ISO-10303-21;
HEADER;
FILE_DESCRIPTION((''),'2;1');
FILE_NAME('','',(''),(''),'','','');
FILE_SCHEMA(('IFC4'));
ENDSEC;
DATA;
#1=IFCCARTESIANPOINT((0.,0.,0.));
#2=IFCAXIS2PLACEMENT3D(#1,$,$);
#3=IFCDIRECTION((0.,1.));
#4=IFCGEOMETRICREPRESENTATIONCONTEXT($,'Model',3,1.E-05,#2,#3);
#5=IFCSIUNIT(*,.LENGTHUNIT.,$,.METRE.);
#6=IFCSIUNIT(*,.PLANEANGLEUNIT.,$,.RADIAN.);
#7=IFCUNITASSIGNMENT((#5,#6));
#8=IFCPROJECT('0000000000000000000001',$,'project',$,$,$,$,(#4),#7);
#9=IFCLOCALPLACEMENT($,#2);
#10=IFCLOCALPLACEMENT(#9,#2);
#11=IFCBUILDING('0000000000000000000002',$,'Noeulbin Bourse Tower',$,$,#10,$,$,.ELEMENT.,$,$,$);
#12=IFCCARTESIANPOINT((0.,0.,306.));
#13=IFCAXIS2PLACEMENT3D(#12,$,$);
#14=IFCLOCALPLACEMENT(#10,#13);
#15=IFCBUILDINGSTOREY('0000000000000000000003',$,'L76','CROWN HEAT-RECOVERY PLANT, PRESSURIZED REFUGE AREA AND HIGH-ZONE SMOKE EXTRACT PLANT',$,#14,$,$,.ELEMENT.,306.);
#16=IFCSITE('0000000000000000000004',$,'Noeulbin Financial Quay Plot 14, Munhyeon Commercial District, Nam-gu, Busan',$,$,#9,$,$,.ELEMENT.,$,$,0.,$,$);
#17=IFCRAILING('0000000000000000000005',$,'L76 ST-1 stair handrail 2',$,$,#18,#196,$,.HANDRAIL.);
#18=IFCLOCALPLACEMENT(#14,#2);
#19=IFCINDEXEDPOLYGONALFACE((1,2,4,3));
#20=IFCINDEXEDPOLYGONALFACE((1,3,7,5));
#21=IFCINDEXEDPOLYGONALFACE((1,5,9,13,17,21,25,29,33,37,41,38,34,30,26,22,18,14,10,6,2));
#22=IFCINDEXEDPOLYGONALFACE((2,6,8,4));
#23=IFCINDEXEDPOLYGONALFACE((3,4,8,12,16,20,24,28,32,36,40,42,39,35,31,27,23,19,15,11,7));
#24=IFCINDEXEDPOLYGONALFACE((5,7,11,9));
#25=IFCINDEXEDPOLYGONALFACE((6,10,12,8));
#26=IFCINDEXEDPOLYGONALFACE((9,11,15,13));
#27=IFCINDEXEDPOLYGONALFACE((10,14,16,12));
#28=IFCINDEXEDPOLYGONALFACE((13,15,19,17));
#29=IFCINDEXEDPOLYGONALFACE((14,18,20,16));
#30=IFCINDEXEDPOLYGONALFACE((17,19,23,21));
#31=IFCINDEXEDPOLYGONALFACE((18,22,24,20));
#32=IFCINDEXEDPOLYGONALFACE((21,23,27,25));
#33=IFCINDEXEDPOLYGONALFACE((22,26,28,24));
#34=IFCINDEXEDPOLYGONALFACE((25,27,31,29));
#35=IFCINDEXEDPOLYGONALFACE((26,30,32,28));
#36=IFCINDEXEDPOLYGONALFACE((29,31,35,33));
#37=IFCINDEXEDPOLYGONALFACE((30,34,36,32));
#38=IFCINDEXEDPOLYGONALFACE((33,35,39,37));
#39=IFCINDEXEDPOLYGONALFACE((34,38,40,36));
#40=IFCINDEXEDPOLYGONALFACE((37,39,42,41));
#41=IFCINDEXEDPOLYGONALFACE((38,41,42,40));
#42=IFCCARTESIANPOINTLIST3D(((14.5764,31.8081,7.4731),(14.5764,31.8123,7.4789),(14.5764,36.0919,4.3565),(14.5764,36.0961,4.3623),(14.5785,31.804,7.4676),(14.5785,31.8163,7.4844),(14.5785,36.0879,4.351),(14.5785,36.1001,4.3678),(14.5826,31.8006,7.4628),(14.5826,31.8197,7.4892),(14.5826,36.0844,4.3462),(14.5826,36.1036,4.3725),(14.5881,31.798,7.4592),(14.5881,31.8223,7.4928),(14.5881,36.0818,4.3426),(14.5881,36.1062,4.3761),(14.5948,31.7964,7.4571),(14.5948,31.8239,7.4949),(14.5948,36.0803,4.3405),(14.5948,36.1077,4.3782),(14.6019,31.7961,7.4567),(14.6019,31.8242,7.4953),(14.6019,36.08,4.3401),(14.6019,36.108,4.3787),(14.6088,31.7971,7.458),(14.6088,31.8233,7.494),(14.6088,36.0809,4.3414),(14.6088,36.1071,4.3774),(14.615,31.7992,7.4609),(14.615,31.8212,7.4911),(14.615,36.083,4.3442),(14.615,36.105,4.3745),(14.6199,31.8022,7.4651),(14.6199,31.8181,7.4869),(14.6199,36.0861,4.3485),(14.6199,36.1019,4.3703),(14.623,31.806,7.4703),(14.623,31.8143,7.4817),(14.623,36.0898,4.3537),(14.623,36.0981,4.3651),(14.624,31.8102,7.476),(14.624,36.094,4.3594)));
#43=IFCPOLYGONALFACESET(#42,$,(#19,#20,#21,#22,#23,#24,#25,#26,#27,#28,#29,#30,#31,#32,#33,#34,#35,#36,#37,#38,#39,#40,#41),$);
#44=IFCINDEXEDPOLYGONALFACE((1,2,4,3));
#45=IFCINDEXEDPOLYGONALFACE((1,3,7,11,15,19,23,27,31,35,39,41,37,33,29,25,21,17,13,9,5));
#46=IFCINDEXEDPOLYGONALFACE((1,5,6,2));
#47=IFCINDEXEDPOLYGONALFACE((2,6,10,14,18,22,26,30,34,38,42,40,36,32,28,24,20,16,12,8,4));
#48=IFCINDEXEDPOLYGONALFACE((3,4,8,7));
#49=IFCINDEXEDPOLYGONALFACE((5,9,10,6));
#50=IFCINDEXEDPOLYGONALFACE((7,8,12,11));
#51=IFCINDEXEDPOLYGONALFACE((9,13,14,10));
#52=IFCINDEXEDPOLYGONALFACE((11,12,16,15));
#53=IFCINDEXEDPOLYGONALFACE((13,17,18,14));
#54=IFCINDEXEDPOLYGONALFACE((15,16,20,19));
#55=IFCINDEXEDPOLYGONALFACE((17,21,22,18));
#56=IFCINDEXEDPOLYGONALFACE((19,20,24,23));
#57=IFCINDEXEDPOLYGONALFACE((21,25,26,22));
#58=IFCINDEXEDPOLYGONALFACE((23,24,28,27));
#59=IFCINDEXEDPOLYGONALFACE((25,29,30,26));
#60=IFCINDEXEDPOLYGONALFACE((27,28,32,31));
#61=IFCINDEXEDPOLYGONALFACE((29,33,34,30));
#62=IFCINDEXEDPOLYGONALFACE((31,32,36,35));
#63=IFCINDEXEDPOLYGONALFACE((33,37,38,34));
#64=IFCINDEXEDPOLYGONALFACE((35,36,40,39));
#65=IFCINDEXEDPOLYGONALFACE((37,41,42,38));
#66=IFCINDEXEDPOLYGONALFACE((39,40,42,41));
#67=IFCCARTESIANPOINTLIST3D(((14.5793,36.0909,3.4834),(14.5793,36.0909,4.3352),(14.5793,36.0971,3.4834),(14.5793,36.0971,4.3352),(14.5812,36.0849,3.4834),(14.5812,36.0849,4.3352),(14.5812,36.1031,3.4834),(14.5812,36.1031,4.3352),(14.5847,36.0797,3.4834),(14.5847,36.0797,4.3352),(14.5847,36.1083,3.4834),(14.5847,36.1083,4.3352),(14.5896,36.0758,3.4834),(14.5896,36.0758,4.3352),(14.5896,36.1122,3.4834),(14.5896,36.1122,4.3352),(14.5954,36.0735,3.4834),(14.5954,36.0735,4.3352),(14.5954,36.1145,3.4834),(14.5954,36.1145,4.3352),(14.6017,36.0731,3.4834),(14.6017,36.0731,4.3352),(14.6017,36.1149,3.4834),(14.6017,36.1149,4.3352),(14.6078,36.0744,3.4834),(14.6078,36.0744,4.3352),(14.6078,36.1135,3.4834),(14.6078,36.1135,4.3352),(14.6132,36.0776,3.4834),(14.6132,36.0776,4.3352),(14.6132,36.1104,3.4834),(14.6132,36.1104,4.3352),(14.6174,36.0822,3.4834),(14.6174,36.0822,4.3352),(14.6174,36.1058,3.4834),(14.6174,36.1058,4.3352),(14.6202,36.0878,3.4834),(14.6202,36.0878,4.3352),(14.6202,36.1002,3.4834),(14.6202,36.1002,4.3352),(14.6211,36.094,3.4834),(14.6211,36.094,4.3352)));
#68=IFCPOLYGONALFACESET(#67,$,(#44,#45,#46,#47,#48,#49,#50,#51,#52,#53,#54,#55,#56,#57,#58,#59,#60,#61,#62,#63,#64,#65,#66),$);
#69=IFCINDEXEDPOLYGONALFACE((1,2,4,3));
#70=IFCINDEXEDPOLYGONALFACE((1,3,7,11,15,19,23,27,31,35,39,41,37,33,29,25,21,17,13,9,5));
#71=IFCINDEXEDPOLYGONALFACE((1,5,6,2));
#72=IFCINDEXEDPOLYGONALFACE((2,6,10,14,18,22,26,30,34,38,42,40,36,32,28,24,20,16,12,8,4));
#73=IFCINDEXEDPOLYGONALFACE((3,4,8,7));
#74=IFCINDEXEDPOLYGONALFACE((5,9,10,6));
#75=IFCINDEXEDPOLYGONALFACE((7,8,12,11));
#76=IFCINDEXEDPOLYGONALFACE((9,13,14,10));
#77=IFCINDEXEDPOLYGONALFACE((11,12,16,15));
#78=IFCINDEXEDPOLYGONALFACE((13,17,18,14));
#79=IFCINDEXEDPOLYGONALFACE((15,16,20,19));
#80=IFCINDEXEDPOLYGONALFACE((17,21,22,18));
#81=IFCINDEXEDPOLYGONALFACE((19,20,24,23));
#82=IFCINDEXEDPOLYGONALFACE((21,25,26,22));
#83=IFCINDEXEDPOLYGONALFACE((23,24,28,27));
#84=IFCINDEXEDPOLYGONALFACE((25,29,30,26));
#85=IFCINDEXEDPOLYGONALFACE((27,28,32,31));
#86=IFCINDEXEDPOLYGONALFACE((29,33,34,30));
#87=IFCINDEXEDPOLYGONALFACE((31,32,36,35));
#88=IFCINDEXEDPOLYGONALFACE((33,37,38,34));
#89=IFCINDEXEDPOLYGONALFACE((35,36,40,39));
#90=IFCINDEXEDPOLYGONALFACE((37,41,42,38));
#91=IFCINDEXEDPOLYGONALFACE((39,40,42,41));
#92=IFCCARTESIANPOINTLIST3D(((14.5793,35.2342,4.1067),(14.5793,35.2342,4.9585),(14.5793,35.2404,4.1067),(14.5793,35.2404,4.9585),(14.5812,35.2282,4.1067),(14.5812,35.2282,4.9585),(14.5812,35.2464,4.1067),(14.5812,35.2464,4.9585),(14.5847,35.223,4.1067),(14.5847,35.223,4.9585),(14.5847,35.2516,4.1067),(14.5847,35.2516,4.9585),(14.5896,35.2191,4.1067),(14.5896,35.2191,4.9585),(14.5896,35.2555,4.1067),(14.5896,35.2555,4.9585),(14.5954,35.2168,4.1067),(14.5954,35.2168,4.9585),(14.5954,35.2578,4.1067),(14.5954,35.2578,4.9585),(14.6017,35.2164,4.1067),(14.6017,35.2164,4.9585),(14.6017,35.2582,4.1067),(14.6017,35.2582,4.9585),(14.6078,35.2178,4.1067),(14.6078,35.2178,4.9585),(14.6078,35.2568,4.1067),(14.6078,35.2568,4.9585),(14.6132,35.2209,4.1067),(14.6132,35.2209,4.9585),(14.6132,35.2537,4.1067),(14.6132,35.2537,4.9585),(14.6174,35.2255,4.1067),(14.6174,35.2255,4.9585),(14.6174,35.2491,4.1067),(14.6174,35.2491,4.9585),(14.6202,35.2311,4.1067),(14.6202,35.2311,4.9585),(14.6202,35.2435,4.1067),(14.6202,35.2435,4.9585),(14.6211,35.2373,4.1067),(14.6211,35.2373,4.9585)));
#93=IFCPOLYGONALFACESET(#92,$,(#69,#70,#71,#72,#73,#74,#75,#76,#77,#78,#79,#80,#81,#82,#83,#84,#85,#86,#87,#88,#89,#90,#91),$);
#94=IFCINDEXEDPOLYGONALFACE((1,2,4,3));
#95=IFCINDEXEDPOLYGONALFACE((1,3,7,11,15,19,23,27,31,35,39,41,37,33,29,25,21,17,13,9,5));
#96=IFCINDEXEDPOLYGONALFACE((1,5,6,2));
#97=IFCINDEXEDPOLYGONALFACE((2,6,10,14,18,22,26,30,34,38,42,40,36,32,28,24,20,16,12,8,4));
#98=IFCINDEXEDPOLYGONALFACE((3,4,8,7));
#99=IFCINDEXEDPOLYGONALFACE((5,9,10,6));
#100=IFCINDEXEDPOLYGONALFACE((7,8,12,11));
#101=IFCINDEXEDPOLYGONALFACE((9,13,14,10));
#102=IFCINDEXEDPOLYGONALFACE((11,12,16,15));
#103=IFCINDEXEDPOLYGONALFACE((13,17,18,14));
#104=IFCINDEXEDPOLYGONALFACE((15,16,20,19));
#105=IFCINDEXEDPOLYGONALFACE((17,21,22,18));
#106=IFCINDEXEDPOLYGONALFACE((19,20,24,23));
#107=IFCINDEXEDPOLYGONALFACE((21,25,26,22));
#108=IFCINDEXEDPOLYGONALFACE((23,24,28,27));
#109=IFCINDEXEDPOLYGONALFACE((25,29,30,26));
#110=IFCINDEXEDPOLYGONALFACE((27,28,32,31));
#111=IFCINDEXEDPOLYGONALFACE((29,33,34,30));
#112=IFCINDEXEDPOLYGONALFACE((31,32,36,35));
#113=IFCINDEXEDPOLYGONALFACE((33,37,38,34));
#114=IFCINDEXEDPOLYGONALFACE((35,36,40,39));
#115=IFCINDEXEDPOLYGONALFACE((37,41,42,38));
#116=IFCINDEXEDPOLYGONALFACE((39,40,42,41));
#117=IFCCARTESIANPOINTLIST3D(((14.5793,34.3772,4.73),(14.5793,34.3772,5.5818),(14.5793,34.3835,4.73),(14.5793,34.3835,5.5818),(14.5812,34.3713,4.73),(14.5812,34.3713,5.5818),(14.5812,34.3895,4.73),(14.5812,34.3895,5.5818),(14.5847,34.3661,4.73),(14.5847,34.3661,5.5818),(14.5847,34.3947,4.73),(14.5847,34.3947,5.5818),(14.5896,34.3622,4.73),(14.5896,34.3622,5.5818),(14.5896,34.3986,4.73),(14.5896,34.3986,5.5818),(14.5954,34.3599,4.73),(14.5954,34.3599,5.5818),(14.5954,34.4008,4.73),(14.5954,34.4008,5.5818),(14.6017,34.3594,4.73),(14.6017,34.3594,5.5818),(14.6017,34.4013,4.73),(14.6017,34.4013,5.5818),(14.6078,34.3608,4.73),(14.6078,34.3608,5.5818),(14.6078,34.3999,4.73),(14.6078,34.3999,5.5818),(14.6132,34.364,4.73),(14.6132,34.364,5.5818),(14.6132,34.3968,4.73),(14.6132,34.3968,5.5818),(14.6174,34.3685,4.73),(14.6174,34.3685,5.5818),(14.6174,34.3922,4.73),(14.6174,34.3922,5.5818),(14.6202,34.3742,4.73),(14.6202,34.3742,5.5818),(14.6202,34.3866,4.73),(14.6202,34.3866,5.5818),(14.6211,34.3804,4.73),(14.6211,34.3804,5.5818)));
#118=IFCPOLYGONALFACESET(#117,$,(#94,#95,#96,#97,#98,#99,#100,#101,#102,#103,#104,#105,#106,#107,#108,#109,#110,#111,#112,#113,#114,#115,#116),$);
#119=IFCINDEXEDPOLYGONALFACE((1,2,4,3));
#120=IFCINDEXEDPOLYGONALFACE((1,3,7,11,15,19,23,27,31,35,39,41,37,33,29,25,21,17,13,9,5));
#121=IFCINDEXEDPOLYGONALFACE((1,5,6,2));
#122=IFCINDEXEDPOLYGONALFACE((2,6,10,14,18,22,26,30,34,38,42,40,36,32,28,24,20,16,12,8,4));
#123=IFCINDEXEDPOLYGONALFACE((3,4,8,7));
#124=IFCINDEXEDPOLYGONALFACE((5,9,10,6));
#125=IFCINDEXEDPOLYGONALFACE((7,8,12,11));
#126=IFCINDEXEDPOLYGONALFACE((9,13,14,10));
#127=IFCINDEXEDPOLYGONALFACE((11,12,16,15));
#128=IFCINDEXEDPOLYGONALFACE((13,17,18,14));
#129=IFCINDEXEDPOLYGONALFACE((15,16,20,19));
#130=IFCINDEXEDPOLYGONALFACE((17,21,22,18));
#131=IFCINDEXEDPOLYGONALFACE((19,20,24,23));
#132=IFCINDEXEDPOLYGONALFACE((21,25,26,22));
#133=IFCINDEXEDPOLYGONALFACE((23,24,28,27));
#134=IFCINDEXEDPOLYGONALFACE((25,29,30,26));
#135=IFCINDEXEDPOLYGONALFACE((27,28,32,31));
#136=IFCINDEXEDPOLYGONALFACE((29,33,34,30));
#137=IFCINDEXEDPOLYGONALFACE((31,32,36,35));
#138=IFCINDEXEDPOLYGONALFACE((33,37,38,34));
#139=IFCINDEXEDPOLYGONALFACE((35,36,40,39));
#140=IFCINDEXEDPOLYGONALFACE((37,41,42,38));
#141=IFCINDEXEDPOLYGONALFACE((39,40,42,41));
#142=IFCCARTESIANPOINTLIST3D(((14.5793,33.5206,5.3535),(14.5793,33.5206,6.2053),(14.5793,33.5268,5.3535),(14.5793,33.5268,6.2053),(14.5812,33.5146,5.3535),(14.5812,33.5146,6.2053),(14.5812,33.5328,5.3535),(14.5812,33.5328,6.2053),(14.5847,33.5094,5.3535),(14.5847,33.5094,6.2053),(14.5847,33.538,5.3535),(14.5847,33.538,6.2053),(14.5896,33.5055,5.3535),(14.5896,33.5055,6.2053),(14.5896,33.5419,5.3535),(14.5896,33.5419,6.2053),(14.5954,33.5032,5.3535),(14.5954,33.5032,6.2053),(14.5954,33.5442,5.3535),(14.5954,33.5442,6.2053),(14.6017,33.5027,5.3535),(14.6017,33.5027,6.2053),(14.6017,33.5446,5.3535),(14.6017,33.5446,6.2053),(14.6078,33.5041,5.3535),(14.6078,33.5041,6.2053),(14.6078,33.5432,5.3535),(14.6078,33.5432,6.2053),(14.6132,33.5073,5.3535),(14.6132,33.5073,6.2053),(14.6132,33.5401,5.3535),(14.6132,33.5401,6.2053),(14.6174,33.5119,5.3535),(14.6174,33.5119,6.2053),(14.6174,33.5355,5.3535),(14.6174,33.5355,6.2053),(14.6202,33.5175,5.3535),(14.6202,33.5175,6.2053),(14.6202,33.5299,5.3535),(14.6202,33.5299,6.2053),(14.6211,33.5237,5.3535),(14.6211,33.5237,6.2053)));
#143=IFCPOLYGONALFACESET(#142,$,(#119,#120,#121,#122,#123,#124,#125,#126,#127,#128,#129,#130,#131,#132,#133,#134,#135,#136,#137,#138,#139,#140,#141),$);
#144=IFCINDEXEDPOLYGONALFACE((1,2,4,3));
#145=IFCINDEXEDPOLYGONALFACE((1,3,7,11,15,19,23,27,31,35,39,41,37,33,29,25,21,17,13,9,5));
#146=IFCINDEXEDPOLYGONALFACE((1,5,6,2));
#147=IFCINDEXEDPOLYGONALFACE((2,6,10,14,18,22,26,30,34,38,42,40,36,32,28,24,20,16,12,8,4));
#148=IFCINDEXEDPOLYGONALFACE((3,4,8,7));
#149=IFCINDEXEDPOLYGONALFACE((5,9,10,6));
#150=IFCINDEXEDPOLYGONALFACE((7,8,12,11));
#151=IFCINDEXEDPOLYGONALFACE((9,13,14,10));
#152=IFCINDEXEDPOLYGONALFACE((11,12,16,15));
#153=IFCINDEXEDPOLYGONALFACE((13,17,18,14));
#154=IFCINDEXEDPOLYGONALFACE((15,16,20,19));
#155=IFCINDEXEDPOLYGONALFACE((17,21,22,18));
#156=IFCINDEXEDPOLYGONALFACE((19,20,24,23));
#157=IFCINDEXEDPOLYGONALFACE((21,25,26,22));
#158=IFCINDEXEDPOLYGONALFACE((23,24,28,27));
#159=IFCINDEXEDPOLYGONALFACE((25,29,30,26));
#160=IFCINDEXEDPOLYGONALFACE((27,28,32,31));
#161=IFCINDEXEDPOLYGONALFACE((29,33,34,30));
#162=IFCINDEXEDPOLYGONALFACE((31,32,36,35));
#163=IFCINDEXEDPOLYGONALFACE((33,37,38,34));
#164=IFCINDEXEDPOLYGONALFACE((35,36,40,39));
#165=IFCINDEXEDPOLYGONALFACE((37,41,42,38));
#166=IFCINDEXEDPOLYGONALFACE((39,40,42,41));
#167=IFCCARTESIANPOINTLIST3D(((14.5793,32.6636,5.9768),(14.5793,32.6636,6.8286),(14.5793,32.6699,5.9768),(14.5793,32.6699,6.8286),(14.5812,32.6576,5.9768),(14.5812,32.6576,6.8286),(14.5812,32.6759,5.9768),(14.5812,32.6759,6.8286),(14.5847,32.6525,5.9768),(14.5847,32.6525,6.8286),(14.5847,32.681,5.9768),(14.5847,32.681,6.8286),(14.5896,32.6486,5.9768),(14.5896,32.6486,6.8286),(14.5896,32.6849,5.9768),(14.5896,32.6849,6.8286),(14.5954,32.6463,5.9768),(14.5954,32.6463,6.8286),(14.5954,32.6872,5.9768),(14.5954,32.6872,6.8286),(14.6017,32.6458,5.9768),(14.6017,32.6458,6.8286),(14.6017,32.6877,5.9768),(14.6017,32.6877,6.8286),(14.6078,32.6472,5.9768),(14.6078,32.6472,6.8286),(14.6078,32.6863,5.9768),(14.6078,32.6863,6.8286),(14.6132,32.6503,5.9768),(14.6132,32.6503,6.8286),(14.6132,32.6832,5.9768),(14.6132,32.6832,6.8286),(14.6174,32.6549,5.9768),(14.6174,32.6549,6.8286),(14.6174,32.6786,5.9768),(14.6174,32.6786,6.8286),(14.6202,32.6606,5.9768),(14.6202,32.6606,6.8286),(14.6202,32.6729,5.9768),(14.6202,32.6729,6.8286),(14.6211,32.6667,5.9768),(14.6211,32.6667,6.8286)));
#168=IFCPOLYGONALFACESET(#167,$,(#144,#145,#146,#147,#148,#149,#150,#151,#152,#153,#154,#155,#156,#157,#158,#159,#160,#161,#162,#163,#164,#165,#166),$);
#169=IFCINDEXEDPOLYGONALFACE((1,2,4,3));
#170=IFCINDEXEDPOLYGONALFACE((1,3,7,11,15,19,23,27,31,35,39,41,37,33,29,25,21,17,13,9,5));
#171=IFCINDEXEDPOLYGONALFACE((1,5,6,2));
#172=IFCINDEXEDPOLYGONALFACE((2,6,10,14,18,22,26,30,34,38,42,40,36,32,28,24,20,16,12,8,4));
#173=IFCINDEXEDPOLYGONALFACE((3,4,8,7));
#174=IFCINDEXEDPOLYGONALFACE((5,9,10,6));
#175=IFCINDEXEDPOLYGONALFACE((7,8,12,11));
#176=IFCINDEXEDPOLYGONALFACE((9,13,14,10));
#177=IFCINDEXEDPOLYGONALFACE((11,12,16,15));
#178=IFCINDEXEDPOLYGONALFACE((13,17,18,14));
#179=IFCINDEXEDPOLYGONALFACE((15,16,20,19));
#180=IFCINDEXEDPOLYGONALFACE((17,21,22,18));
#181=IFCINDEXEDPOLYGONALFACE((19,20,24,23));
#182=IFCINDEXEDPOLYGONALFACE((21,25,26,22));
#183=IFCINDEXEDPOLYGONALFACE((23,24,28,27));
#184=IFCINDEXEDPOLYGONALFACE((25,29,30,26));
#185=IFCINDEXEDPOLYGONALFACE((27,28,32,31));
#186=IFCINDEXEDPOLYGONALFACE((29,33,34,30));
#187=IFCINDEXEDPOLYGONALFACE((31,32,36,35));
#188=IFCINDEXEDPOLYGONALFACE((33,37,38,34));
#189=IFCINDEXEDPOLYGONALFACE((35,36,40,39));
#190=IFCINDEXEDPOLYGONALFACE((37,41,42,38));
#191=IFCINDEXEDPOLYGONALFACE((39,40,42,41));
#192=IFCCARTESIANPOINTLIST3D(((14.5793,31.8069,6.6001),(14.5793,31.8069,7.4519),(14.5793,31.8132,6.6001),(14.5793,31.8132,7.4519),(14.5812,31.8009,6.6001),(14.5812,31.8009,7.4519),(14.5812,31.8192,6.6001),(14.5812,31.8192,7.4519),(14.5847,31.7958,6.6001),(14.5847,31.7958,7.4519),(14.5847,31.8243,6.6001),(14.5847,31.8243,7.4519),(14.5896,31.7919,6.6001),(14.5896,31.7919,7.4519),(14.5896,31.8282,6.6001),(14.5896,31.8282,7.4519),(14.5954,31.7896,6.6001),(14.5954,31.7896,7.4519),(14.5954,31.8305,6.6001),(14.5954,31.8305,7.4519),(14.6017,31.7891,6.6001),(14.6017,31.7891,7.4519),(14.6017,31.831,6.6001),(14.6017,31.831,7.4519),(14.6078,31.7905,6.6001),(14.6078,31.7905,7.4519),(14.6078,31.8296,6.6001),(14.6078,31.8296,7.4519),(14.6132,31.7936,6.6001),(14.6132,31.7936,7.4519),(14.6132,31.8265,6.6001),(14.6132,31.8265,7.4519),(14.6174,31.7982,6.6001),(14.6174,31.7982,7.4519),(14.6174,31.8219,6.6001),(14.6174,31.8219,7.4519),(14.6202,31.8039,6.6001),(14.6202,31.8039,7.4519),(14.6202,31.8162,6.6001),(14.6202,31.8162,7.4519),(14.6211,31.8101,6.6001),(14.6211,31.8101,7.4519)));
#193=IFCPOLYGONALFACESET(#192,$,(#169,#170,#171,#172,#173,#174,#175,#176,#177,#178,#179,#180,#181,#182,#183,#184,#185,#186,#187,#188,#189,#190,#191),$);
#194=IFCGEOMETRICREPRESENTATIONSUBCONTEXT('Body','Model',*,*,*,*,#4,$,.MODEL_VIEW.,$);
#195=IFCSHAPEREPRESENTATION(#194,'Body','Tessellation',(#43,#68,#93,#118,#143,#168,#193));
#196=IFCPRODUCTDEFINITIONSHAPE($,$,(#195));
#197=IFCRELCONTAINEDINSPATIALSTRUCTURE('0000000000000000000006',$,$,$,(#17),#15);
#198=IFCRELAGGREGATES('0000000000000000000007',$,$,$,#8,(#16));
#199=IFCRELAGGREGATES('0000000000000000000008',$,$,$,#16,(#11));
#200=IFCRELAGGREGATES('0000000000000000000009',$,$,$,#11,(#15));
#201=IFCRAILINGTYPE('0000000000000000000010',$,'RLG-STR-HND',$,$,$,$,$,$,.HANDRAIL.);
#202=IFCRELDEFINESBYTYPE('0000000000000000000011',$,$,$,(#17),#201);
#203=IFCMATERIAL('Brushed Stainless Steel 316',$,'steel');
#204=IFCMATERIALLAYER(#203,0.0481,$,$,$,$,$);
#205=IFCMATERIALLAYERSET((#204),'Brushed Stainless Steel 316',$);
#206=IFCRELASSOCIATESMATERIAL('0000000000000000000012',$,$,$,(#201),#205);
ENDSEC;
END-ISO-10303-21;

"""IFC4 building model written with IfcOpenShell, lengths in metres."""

from ifc_helpers import new_model, si_unit, direction, frame, origin, origin_2d, place, context, subcontext, project, spatial, circle, extrude, material, layer, layer_set, type_object, element, save


model = new_model("IFC4")

# Units and contexts
model_context = context("Model", 3, precision=1e-05, world=origin(), true_north=direction((0.0, 1.0)))
body_context = subcontext(model_context, "Body", "Model", "MODEL_VIEW")
ifc_project = project(units=[si_unit("LENGTHUNIT", "METRE"), si_unit("PLANEANGLEUNIT", "RADIAN")], contexts=[model_context])

# Site, building, storey
site_placement = place(None, origin())
site = spatial("IfcSite", under=ifc_project, at=site_placement, Name="Noeulbin Financial Quay Plot 14, Munhyeon Commercial District, Nam-gu, Busan", CompositionType="ELEMENT", RefElevation=0.0)
building_placement = place(site_placement, origin())
building = spatial("IfcBuilding", under=site, at=building_placement, Name="Noeulbin Bourse Tower", CompositionType="ELEMENT")
storey_placement = place(building_placement, frame((0.0, 0.0, 306.0)))
storey = spatial("IfcBuildingStorey", under=building, at=storey_placement, Name="L76", Description="CROWN HEAT-RECOVERY PLANT, PRESSURIZED REFUGE AREA AND HIGH-ZONE SMOKE EXTRACT PLANT", CompositionType="ELEMENT", Elevation=306.0)

# Shared definitions
ifc_material_1 = material(Name="Brushed Stainless Steel 316", Category="steel")

# Railing
ifc_layer_1 = layer(ifc_material_1, 0.0481)
ifc_layer_set_1 = layer_set([ifc_layer_1], Name="Brushed Stainless Steel 316")
railing_type_1 = type_object("IfcRailingType", Name="RLG-STR-HND", PredefinedType="HANDRAIL", material=ifc_layer_set_1)
railing_1_placement = place(storey_placement, frame((14.6001, 36.094, 3.4834)))
element("IfcRailing", 1, at=railing_1_placement, inside=storey, type_object=railing_type_1, Name="L76 ST-1 stair handrail 2", PredefinedType="HANDRAIL", context=body_context, shape_type="SweptSolid", body=[
    extrude(circle(Radius=0.0239, at=origin_2d()), frame((0.0, 0.0, 0.876), z_axis=(0.0, -0.808636, 0.588309), x_axis=(1.0, 0.0, 0.0)), (0.0, 0.0, 1.0), 5.2976),
    extrude(circle(Radius=0.021, at=origin_2d()), origin(), (0.0, 0.0, 1.0), 0.8518),
    extrude(circle(Radius=0.021, at=origin_2d()), frame((0.0, -0.8567, 0.6233)), (0.0, 0.0, 1.0), 0.8518),
    extrude(circle(Radius=0.021, at=origin_2d()), frame((0.0, -1.7136, 1.2466)), (0.0, 0.0, 1.0), 0.8518),
    extrude(circle(Radius=0.021, at=origin_2d()), frame((0.0, -2.5703, 1.8701)), (0.0, 0.0, 1.0), 0.8518),
    extrude(circle(Radius=0.021, at=origin_2d()), frame((0.0, -3.4272, 2.4934)), (0.0, 0.0, 1.0), 0.8518),
    extrude(circle(Radius=0.021, at=origin_2d()), frame((0.0, -4.2839, 3.1167)), (0.0, 0.0, 1.0), 0.8518),
])

save(model, "model.ifc")
